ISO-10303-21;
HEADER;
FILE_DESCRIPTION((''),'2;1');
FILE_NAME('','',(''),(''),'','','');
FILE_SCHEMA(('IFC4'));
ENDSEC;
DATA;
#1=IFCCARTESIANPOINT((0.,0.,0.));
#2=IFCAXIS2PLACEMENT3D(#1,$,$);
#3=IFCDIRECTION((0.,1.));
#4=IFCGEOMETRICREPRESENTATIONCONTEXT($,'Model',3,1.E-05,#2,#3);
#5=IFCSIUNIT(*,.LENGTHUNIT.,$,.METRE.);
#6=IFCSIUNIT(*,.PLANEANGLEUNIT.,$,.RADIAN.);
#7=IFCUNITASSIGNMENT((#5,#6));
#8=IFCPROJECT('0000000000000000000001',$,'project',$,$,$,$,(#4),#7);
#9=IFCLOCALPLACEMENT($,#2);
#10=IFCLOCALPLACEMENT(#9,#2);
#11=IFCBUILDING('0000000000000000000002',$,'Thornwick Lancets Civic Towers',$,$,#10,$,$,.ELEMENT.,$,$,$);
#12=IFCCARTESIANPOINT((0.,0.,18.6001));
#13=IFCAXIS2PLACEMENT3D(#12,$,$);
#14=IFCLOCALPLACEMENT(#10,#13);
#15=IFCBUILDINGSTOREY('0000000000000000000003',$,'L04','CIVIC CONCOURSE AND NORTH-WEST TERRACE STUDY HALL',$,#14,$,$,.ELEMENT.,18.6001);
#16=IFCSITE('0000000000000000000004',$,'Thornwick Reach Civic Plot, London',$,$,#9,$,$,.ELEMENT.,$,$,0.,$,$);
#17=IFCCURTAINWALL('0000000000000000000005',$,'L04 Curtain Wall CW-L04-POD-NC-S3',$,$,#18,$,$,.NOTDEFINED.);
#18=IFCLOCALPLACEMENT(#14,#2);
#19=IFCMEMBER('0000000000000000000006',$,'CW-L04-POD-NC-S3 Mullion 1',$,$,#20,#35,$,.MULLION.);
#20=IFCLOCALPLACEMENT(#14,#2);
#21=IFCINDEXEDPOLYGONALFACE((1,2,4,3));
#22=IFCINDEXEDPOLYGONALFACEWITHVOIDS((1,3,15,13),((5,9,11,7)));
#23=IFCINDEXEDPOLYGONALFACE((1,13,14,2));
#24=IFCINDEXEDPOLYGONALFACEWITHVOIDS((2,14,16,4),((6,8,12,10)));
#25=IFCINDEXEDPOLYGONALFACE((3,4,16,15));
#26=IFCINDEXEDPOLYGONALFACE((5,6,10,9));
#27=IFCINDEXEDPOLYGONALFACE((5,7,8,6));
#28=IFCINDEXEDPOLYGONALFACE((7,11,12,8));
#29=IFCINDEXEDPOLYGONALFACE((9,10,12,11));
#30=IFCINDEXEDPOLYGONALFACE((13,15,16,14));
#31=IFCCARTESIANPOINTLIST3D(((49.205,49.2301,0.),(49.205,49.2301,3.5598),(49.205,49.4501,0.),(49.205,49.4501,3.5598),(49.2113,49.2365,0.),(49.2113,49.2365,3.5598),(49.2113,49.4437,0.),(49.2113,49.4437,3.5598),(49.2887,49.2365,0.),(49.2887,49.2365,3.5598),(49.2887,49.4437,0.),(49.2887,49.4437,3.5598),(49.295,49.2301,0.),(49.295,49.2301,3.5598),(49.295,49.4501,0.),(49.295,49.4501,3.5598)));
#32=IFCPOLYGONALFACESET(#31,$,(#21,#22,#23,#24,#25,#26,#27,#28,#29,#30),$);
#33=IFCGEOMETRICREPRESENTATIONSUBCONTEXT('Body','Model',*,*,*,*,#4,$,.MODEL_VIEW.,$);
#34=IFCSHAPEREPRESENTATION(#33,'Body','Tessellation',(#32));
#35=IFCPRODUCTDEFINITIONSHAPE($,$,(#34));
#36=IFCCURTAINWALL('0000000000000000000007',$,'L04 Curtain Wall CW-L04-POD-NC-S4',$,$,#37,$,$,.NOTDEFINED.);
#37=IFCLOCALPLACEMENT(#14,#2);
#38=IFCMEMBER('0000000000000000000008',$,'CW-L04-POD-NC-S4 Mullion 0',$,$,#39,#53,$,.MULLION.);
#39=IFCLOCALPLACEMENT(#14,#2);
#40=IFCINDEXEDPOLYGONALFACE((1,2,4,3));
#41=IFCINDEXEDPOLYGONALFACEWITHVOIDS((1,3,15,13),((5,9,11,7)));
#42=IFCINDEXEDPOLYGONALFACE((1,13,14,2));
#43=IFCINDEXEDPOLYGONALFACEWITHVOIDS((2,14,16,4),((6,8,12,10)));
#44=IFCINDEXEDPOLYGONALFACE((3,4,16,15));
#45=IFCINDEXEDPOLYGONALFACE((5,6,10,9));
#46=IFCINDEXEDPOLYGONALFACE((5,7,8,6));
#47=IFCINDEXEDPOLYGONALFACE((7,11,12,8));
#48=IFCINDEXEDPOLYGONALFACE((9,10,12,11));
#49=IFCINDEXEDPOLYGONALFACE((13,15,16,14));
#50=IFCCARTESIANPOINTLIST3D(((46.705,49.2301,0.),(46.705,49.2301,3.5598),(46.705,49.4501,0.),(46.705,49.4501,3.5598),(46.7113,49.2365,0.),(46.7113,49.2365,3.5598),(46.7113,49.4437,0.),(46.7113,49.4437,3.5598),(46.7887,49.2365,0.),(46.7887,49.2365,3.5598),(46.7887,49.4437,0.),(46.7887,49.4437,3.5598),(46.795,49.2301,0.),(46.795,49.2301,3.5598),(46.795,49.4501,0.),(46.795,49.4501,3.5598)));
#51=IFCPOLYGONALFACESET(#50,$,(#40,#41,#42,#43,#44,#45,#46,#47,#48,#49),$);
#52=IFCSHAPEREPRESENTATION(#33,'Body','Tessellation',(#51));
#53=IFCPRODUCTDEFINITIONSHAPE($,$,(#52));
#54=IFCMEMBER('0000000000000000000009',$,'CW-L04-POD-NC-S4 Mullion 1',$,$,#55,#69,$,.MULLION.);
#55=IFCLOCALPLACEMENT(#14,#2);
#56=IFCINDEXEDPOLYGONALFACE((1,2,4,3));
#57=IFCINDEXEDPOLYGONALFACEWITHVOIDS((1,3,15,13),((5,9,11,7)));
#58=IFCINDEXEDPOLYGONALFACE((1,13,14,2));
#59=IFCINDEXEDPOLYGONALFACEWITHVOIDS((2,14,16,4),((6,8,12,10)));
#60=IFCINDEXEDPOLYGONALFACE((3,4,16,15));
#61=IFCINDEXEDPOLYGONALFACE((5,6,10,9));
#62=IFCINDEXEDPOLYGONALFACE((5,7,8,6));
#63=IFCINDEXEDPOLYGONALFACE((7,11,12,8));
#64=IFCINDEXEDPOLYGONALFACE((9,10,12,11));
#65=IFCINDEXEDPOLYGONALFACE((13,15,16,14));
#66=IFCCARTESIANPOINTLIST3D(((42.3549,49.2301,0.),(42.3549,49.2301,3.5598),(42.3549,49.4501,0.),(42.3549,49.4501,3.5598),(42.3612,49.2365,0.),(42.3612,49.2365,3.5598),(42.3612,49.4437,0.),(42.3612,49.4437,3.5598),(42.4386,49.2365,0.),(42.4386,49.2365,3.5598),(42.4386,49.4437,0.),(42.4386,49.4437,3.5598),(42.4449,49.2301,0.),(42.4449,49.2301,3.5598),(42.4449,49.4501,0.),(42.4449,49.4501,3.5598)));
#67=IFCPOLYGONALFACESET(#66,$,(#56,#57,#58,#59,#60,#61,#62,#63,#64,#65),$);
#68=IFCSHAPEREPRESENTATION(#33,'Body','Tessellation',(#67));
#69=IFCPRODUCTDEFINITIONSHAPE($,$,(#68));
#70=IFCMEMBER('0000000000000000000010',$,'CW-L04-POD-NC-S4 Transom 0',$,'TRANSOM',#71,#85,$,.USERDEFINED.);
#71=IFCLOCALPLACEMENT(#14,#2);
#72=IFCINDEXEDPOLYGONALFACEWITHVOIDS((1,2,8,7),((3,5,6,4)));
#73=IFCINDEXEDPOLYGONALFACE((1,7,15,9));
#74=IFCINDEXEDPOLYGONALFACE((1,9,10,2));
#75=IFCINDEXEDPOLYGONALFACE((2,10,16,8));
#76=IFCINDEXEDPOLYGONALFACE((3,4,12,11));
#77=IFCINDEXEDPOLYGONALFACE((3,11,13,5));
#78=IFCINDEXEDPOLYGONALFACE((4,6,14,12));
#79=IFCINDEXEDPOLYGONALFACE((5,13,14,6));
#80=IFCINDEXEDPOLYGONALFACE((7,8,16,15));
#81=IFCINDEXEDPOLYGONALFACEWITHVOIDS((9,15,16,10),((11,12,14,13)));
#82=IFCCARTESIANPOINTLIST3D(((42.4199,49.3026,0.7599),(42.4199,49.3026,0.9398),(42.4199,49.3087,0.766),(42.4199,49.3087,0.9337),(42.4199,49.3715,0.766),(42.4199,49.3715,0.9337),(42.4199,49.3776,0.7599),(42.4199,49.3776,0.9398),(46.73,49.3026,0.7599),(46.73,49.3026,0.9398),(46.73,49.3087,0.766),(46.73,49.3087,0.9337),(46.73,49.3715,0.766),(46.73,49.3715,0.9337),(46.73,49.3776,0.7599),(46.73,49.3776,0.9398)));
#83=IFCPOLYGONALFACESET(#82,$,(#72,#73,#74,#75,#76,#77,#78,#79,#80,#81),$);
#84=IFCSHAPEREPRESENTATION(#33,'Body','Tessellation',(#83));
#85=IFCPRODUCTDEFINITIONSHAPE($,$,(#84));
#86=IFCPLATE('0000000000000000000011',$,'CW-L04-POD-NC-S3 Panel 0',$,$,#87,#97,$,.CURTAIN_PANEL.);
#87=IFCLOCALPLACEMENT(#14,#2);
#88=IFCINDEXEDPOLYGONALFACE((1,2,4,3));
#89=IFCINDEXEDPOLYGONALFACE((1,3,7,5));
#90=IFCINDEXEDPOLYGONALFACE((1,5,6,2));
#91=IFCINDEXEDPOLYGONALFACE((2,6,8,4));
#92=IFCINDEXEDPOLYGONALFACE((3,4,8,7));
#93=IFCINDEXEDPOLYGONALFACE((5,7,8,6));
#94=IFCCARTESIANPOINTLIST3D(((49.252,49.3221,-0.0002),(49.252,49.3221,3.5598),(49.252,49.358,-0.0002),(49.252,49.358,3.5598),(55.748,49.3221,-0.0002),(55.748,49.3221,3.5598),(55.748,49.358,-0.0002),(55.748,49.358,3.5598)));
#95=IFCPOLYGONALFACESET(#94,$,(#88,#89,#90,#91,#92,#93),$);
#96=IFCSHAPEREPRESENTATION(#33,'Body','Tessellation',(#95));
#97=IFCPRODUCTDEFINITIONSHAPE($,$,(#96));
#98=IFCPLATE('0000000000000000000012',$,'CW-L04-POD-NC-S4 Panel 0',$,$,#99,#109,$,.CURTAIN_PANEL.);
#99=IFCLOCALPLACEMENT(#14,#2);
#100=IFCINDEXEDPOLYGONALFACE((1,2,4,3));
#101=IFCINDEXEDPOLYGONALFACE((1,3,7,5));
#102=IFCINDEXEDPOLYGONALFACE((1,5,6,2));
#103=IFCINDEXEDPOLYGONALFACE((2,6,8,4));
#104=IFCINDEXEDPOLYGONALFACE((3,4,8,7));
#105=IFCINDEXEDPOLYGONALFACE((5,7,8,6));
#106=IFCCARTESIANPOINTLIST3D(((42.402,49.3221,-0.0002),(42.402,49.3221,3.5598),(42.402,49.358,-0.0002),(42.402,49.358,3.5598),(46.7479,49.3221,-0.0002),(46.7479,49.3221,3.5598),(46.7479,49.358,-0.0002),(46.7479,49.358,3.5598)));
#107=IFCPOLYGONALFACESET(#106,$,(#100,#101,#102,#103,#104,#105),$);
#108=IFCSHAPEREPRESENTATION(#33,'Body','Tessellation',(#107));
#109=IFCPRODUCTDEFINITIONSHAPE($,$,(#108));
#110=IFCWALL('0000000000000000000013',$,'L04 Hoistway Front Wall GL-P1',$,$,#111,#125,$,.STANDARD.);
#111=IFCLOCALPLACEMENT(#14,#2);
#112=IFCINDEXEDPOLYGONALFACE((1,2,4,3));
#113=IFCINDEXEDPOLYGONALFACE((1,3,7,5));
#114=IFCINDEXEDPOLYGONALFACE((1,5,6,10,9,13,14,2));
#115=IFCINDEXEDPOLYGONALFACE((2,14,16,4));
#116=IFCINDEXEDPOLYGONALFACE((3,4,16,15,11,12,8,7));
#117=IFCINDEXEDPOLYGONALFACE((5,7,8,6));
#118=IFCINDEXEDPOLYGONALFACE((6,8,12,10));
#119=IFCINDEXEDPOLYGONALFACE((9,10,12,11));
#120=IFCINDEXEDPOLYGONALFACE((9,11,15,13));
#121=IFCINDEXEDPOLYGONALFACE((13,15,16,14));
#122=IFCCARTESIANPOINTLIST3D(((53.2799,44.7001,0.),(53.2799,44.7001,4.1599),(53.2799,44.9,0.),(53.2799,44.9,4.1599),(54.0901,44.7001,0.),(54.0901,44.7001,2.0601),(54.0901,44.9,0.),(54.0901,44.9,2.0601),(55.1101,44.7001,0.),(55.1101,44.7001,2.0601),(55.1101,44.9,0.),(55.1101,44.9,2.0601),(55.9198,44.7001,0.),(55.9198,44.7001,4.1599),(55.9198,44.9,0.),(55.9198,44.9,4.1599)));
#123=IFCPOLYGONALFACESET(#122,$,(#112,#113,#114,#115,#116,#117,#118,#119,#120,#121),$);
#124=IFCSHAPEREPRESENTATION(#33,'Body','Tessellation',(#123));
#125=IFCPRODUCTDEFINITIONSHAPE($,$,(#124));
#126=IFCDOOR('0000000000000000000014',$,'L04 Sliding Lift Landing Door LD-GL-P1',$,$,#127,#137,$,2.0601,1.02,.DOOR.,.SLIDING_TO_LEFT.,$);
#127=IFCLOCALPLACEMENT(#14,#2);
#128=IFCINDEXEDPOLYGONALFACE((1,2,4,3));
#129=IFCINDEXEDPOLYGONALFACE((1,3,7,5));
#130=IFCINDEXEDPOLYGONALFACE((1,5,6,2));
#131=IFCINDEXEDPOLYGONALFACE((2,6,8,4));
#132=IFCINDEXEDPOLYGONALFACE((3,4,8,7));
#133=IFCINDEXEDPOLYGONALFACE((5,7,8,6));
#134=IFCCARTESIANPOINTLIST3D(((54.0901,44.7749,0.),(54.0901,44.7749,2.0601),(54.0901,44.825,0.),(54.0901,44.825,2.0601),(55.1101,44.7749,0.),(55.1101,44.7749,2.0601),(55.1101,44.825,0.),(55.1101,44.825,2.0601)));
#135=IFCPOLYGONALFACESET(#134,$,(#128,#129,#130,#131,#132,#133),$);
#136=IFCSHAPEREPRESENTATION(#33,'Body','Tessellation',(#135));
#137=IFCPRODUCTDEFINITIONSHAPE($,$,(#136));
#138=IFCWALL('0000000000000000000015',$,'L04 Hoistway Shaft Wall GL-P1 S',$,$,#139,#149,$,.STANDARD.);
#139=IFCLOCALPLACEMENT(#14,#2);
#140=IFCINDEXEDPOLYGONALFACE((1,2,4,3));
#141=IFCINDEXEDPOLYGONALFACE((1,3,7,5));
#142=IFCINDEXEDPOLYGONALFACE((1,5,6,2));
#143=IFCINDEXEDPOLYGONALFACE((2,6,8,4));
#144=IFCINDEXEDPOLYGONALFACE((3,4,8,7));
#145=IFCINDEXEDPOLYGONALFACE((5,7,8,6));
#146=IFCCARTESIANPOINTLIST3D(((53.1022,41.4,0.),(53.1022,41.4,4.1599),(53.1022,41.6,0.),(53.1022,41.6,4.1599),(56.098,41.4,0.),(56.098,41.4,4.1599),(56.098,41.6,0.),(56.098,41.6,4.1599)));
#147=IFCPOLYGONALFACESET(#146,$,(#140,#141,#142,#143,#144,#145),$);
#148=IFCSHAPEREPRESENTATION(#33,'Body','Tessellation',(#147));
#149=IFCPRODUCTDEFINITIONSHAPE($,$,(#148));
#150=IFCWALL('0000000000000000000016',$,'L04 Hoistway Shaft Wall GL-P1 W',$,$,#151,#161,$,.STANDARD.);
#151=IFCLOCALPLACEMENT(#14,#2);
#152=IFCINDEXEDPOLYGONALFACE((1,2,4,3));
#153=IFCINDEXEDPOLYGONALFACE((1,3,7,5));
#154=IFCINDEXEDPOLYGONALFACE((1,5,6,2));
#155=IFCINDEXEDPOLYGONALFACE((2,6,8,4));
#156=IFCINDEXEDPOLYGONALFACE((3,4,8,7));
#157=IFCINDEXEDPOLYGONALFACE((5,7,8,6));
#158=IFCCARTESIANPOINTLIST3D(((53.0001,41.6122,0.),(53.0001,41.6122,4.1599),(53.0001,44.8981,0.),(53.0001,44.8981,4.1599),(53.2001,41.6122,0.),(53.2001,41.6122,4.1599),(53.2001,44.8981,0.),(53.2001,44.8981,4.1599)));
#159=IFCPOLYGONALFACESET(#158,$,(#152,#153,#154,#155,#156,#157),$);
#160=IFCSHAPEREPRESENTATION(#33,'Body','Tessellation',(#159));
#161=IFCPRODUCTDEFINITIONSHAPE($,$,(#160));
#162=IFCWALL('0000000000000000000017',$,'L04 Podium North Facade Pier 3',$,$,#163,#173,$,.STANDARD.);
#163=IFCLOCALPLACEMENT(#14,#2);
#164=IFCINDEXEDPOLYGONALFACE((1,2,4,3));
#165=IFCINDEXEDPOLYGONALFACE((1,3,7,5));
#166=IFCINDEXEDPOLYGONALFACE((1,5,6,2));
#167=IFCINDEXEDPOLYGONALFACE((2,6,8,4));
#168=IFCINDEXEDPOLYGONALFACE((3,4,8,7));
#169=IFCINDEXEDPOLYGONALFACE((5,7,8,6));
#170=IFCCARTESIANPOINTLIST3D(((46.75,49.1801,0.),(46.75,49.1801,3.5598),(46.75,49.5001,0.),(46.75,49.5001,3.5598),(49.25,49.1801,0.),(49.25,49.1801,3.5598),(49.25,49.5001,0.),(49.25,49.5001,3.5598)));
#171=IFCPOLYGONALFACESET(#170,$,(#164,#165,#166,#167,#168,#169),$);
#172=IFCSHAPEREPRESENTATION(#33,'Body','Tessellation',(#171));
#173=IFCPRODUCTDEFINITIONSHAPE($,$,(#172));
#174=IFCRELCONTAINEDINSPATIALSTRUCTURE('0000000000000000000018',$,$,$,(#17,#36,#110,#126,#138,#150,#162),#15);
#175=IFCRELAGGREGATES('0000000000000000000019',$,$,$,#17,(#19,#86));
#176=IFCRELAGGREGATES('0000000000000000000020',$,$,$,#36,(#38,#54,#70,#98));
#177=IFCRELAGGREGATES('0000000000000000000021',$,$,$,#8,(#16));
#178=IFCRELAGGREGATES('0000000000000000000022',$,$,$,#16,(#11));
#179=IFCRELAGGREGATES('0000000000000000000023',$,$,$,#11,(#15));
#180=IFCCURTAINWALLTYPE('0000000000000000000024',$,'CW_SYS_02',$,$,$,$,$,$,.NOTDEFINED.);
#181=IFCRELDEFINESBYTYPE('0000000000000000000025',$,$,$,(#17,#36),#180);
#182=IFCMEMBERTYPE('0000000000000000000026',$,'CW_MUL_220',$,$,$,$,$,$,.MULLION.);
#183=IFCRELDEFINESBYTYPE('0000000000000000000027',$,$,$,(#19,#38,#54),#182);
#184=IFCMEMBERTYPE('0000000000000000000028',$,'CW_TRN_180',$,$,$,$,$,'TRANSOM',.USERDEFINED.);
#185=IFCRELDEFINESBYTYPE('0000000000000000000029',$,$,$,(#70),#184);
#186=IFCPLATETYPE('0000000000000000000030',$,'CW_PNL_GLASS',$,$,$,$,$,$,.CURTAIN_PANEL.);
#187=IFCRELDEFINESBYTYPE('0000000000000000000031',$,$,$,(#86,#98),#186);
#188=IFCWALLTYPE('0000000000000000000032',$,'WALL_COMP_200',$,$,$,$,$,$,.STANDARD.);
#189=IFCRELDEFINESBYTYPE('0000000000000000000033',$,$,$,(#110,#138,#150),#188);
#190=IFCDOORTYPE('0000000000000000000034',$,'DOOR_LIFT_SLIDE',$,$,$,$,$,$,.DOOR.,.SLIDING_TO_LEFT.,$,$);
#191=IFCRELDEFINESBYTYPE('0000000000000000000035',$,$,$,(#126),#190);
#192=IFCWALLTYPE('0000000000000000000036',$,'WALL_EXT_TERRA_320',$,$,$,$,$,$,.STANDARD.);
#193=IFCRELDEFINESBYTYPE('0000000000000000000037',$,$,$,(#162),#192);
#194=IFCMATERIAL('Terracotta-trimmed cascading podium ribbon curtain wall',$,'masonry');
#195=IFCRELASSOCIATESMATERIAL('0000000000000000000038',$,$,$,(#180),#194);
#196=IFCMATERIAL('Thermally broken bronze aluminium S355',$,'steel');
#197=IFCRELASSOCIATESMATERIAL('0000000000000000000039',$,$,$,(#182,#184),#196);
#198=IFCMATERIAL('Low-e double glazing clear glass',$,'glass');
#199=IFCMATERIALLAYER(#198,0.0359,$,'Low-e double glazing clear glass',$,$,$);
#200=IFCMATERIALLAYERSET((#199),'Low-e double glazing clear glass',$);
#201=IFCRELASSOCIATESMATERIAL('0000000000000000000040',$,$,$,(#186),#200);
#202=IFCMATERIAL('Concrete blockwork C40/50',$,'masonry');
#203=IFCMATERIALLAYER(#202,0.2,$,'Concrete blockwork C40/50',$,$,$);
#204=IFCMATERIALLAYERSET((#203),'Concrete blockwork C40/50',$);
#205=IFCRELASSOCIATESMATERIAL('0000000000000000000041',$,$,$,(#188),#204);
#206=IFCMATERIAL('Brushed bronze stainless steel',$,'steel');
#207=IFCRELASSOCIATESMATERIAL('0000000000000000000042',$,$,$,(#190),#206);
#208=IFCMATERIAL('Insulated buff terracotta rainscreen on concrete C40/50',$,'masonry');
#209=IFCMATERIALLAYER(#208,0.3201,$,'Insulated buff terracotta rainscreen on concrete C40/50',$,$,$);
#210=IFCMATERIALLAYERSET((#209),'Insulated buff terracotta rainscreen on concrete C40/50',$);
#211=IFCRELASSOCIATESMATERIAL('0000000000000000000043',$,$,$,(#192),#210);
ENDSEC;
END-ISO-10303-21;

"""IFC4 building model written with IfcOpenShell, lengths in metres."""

from ifc_helpers import new_model, si_unit, direction, frame, frame_2d, origin, origin_2d, place, context, subcontext, project, spatial, rectangle, hollow_rectangle, extrude, material, layer, layer_set, material_profile, profile_set, type_object, element, fill, aggregate, save


model = new_model("IFC4")

# Units and contexts
model_context = context("Model", 3, precision=1e-05, world=origin(), true_north=direction((0.0, 1.0)))
body_context = subcontext(model_context, "Body", "Model", "MODEL_VIEW")
ifc_project = project(units=[si_unit("LENGTHUNIT", "METRE"), si_unit("PLANEANGLEUNIT", "RADIAN")], contexts=[model_context])

# Site, building, storey
site_placement = place(None, origin())
site = spatial("IfcSite", under=ifc_project, at=site_placement, Name="Thornwick Reach Civic Plot, London", CompositionType="ELEMENT", RefElevation=0.0)
building_placement = place(site_placement, origin())
building = spatial("IfcBuilding", under=site, at=building_placement, Name="Thornwick Lancets Civic Towers", CompositionType="ELEMENT")
storey_placement = place(building_placement, frame((0.0, 0.0, 18.6001)))
storey = spatial("IfcBuildingStorey", under=building, at=storey_placement, Name="L04", Description="CIVIC CONCOURSE AND NORTH-WEST TERRACE STUDY HALL", CompositionType="ELEMENT", Elevation=18.6001)

# Curtain wall, member
ifc_material_1 = material(Name="Terracotta-trimmed cascading podium ribbon curtain wall", Category="masonry")
curtain_wall_type = type_object("IfcCurtainWallType", Name="CW_SYS_02", PredefinedType="NOTDEFINED", material=ifc_material_1)
curtain_wall_1_placement = place(storey_placement, origin())
curtain_wall_1 = element("IfcCurtainWall", 1, at=curtain_wall_1_placement, inside=storey, type_object=curtain_wall_type, Name="L04 Curtain Wall CW-L04-POD-NC-S3", PredefinedType="NOTDEFINED")
ifc_material_2 = material(Name="Thermally broken bronze aluminium S355", Category="steel")
ifc_material_profile_1 = material_profile(ifc_material_2, hollow_rectangle(XDim=0.0901, YDim=0.22, WallThickness=0.0063, at=origin_2d()), Name="RHS 220x90x6.3")
ifc_profile_set_1 = profile_set([ifc_material_profile_1], Name="Thermally broken bronze aluminium S355")
member_type_1 = type_object("IfcMemberType", Name="CW_MUL_220", PredefinedType="MULLION", material=ifc_profile_set_1)
member_1_placement = place(storey_placement, frame((49.25, 49.3401, 0.0), z_axis=(0.0, 0.0, 1.0), x_axis=(1.0, 0.0, 0.0)))
member_1 = element("IfcMember", 2, at=member_1_placement, type_object=member_type_1, Name="CW-L04-POD-NC-S3 Mullion 1", PredefinedType="MULLION", context=body_context, shape_type="SweptSolid", body=[
    extrude(hollow_rectangle(XDim=0.0901, YDim=0.22, WallThickness=0.0063, at=origin_2d()), origin(), (0.0, 0.0, 1.0), 3.5598),
])

# Curtain wall, members
curtain_wall_2_placement = place(storey_placement, origin())
curtain_wall_2 = element("IfcCurtainWall", 3, at=curtain_wall_2_placement, inside=storey, type_object=curtain_wall_type, Name="L04 Curtain Wall CW-L04-POD-NC-S4", PredefinedType="NOTDEFINED")
member_2_placement = place(storey_placement, frame((46.75, 49.3401, 0.0), z_axis=(0.0, 0.0, 1.0), x_axis=(1.0, 0.0, 0.0)))
member_2 = element("IfcMember", 4, at=member_2_placement, type_object=member_type_1, Name="CW-L04-POD-NC-S4 Mullion 0", PredefinedType="MULLION", context=body_context, shape_type="SweptSolid", body=[
    extrude(hollow_rectangle(XDim=0.0901, YDim=0.22, WallThickness=0.0063, at=origin_2d()), origin(), (0.0, 0.0, 1.0), 3.5598),
])
member_3_placement = place(storey_placement, frame((42.3999, 49.3401, 0.0), z_axis=(0.0, 0.0, 1.0), x_axis=(1.0, 0.0, 0.0)))
member_3 = element("IfcMember", 5, at=member_3_placement, type_object=member_type_1, Name="CW-L04-POD-NC-S4 Mullion 1", PredefinedType="MULLION", context=body_context, shape_type="SweptSolid", body=[
    extrude(hollow_rectangle(XDim=0.0901, YDim=0.22, WallThickness=0.0063, at=origin_2d()), origin(), (0.0, 0.0, 1.0), 3.5598),
])
ifc_material_profile_2 = material_profile(ifc_material_2, hollow_rectangle(XDim=0.075, YDim=0.1799, WallThickness=0.0061, at=origin_2d()), Name="RHS 180x75x6")
ifc_profile_set_2 = profile_set([ifc_material_profile_2], Name="Thermally broken bronze aluminium S355")
member_type_2 = type_object("IfcMemberType", Name="CW_TRN_180", ElementType="TRANSOM", PredefinedType="USERDEFINED", material=ifc_profile_set_2)
member_4_placement = place(storey_placement, frame((46.73, 49.3401, 0.8499), z_axis=(-1.0, 0.0, 0.0), x_axis=(0.0, -1.0, 0.0)))
member_4 = element("IfcMember", 6, at=member_4_placement, type_object=member_type_2, Name="CW-L04-POD-NC-S4 Transom 0", ObjectType="TRANSOM", PredefinedType="USERDEFINED", context=body_context, shape_type="SweptSolid", body=[
    extrude(hollow_rectangle(XDim=0.075, YDim=0.1799, WallThickness=0.0061, at=origin_2d()), origin(), (0.0, 0.0, 1.0), 4.3101),
])

# Plates
ifc_material_3 = material(Name="Low-e double glazing clear glass", Category="glass")
ifc_layer_1 = layer(ifc_material_3, 0.0359, Name="Low-e double glazing clear glass")
ifc_layer_set_1 = layer_set([ifc_layer_1], Name="Low-e double glazing clear glass")
plate_type = type_object("IfcPlateType", Name="CW_PNL_GLASS", PredefinedType="CURTAIN_PANEL", material=ifc_layer_set_1)
plate_1_placement = place(storey_placement, frame((52.5, 49.3401, -0.0002), z_axis=(0.0, 0.0, 1.0), x_axis=(-1.0, 0.0, 0.0)))
plate_1 = element("IfcPlate", 7, at=plate_1_placement, type_object=plate_type, Name="CW-L04-POD-NC-S3 Panel 0", PredefinedType="CURTAIN_PANEL", context=body_context, shape_type="SweptSolid", body=[
    extrude(rectangle(XDim=6.4961, YDim=0.0359, at=origin_2d()), origin(), (0.0, 0.0, 1.0), 3.5601),
])
aggregate(curtain_wall_1, [member_1, plate_1])
plate_2_placement = place(storey_placement, frame((44.575, 49.3401, -0.0002), z_axis=(0.0, 0.0, 1.0), x_axis=(-1.0, 0.0, 0.0)))
plate_2 = element("IfcPlate", 8, at=plate_2_placement, type_object=plate_type, Name="CW-L04-POD-NC-S4 Panel 0", PredefinedType="CURTAIN_PANEL", context=body_context, shape_type="SweptSolid", body=[
    extrude(rectangle(XDim=4.3459, YDim=0.0359, at=origin_2d()), origin(), (0.0, 0.0, 1.0), 3.5601),
])
aggregate(curtain_wall_2, [member_2, member_3, member_4, plate_2])

# Wall, opening, door
ifc_material_4 = material(Name="Concrete blockwork C40/50", Category="masonry")
ifc_layer_2 = layer(ifc_material_4, 0.2, Name="Concrete blockwork C40/50")
ifc_layer_set_2 = layer_set([ifc_layer_2], Name="Concrete blockwork C40/50")
wall_type_1 = type_object("IfcWallType", Name="WALL_COMP_200", PredefinedType="STANDARD", material=ifc_layer_set_2)
wall_1_placement = place(storey_placement, frame((53.28, 44.8, 0.0), z_axis=(0.0, 0.0, 1.0), x_axis=(1.0, 0.0, 0.0)))
wall_1 = element("IfcWall", 9, at=wall_1_placement, inside=storey, type_object=wall_type_1, Name="L04 Hoistway Front Wall GL-P1", PredefinedType="STANDARD", context=body_context, shape_type="SweptSolid", body=[
    extrude(rectangle(XDim=2.6399, YDim=0.2, at=frame_2d((1.3198, 0.0))), origin(), (0.0, 0.0, 1.0), 4.1599),
])
opening_1_placement = place(wall_1_placement, frame((0.8101, 0.0, 0.0)))
opening_1 = element("IfcOpeningElement", 10, at=opening_1_placement, cuts=wall_1, PredefinedType="OPENING", context=body_context, shape_type="SweptSolid", body=[
    extrude(rectangle(XDim=1.02, YDim=2.0601, at=frame_2d((0.51, 1.03))), frame((0.0, 0.1099, 0.0), z_axis=(0.0, -1.0, 0.0), x_axis=(1.0, 0.0, 0.0)), (0.0, 0.0, 1.0), 0.22),
])
ifc_material_5 = material(Name="Brushed bronze stainless steel", Category="steel")
door_type_1 = type_object("IfcDoorType", Name="DOOR_LIFT_SLIDE", OperationType="SLIDING_TO_LEFT", PredefinedType="DOOR", material=ifc_material_5)
door_1_placement = place(opening_1_placement, origin())
door_1 = element("IfcDoor", 11, at=door_1_placement, inside=storey, type_object=door_type_1, Name="L04 Sliding Lift Landing Door LD-GL-P1", OperationType="SLIDING_TO_LEFT", OverallHeight=2.0601, OverallWidth=1.02, PredefinedType="DOOR", context=body_context, shape_type="SweptSolid", body=[
    extrude(rectangle(XDim=1.02, YDim=2.0601, at=frame_2d((0.51, 1.03))), frame((0.0, 0.0249, 0.0), z_axis=(0.0, -1.0, 0.0), x_axis=(1.0, 0.0, 0.0)), (0.0, 0.0, 1.0), 0.05),
])
fill(opening_1, door_1)

# Walls
wall_2_placement = place(storey_placement, frame((53.1021, 41.5, 0.0), z_axis=(0.0, 0.0, 1.0), x_axis=(1.0, 0.0, 0.0)))
element("IfcWall", 12, at=wall_2_placement, inside=storey, type_object=wall_type_1, Name="L04 Hoistway Shaft Wall GL-P1 S", PredefinedType="STANDARD", context=body_context, shape_type="SweptSolid", body=[
    extrude(rectangle(XDim=2.9958, YDim=0.2, at=frame_2d((1.498, 0.0))), origin(), (0.0, 0.0, 1.0), 4.1599),
])
wall_3_placement = place(storey_placement, frame((53.1001, 41.6121, 0.0), z_axis=(0.0, 0.0, 1.0), x_axis=(0.0, 1.0, 0.0)))
element("IfcWall", 13, at=wall_3_placement, inside=storey, type_object=wall_type_1, Name="L04 Hoistway Shaft Wall GL-P1 W", PredefinedType="STANDARD", context=body_context, shape_type="SweptSolid", body=[
    extrude(rectangle(XDim=3.2859, YDim=0.2, at=frame_2d((1.6431, 0.0))), origin(), (0.0, 0.0, 1.0), 4.1599),
])
ifc_material_6 = material(Name="Insulated buff terracotta rainscreen on concrete C40/50", Category="masonry")
ifc_layer_3 = layer(ifc_material_6, 0.3201, Name="Insulated buff terracotta rainscreen on concrete C40/50")
ifc_layer_set_3 = layer_set([ifc_layer_3], Name="Insulated buff terracotta rainscreen on concrete C40/50")
wall_type_2 = type_object("IfcWallType", Name="WALL_EXT_TERRA_320", PredefinedType="STANDARD", material=ifc_layer_set_3)
wall_4_placement = place(storey_placement, frame((49.25, 49.3401, 0.0), z_axis=(0.0, 0.0, 1.0), x_axis=(-1.0, 0.0, 0.0)))
element("IfcWall", 14, at=wall_4_placement, inside=storey, type_object=wall_type_2, Name="L04 Podium North Facade Pier 3", PredefinedType="STANDARD", context=body_context, shape_type="SweptSolid", body=[
    extrude(rectangle(XDim=2.5, YDim=0.3201, at=frame_2d((1.25, 0.0))), origin(), (0.0, 0.0, 1.0), 3.5598),
])

save(model, "model.ifc")
